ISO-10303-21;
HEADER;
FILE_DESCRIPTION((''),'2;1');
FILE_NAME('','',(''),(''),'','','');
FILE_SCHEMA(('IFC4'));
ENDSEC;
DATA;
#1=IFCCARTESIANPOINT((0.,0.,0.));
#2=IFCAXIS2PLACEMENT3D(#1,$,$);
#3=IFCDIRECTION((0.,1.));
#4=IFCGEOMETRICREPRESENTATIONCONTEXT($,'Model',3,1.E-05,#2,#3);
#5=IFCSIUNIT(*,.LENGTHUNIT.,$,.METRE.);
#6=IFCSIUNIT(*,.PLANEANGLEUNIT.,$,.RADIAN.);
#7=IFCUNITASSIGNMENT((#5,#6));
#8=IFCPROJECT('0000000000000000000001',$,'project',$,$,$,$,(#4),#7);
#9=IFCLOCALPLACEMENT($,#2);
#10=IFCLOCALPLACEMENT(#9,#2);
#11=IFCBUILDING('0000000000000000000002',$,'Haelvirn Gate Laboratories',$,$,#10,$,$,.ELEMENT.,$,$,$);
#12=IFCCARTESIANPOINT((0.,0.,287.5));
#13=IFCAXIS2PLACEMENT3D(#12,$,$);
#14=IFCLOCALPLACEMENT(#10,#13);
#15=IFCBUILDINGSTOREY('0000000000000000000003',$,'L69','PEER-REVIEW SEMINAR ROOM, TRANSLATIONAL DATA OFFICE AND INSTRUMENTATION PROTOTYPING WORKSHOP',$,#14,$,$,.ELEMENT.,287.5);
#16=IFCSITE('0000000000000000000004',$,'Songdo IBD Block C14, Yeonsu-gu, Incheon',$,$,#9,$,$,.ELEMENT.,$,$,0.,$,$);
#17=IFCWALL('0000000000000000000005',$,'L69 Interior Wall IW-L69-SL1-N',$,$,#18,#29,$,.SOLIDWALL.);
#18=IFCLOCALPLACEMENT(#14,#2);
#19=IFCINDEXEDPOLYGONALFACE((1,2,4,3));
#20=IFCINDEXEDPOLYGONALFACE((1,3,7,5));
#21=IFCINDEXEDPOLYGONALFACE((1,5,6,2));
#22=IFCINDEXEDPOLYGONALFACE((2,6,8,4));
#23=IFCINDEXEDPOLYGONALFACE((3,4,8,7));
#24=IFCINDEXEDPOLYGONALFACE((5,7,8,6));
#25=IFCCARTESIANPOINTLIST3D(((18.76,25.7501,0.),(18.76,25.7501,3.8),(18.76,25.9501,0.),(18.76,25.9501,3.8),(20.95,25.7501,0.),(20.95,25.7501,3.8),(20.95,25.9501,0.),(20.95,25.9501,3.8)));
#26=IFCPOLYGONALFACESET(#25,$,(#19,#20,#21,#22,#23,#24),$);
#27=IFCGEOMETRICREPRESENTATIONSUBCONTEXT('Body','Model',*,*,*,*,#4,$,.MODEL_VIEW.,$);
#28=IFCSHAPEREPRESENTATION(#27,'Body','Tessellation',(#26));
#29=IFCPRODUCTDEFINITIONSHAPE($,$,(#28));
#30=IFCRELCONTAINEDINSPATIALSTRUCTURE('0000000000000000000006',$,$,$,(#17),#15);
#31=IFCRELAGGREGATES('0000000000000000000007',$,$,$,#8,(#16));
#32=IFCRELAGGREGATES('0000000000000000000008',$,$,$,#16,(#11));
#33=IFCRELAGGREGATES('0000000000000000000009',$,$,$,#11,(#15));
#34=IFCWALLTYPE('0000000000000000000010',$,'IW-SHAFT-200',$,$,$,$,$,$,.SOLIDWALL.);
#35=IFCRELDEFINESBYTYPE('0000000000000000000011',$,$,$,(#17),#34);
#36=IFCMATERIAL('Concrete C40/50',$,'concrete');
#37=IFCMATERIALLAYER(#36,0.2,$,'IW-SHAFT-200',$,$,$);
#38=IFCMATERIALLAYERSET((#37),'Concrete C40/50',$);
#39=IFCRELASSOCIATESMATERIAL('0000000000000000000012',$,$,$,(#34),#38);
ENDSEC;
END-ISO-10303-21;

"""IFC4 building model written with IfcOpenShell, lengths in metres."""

from ifc_helpers import new_model, si_unit, direction, frame, frame_2d, origin, place, context, subcontext, project, spatial, rectangle, extrude, material, layer, layer_set, type_object, element, save


model = new_model("IFC4")

# Units and contexts
model_context = context("Model", 3, precision=1e-05, world=origin(), true_north=direction((0.0, 1.0)))
body_context = subcontext(model_context, "Body", "Model", "MODEL_VIEW")
ifc_project = project(units=[si_unit("LENGTHUNIT", "METRE"), si_unit("PLANEANGLEUNIT", "RADIAN")], contexts=[model_context])

# Site, building, storey
site_placement = place(None, origin())
site = spatial("IfcSite", under=ifc_project, at=site_placement, Name="Songdo IBD Block C14, Yeonsu-gu, Incheon", CompositionType="ELEMENT", RefElevation=0.0)
building_placement = place(site_placement, origin())
building = spatial("IfcBuilding", under=site, at=building_placement, Name="Haelvirn Gate Laboratories", CompositionType="ELEMENT")
storey_placement = place(building_placement, frame((0.0, 0.0, 287.5)))
storey = spatial("IfcBuildingStorey", under=building, at=storey_placement, Name="L69", Description="PEER-REVIEW SEMINAR ROOM, TRANSLATIONAL DATA OFFICE AND INSTRUMENTATION PROTOTYPING WORKSHOP", CompositionType="ELEMENT", Elevation=287.5)

# Wall
ifc_material_1 = material(Name="Concrete C40/50", Category="concrete")
ifc_layer_1 = layer(ifc_material_1, 0.2, Name="IW-SHAFT-200")
ifc_layer_set_1 = layer_set([ifc_layer_1], Name="Concrete C40/50")
wall_type_1 = type_object("IfcWallType", Name="IW-SHAFT-200", PredefinedType="SOLIDWALL", material=ifc_layer_set_1)
wall_1_placement = place(storey_placement, frame((18.76, 25.8501, 0.0), z_axis=(0.0, 0.0, 1.0), x_axis=(1.0, 0.0, 0.0)))
element("IfcWall", 1, at=wall_1_placement, inside=storey, type_object=wall_type_1, Name="L69 Interior Wall IW-L69-SL1-N", PredefinedType="SOLIDWALL", context=body_context, shape_type="SweptSolid", body=[
    extrude(rectangle(XDim=2.1899, YDim=0.2, at=frame_2d((1.095, 0.0))), origin(), (0.0, 0.0, 1.0), 3.8),
])

save(model, "model.ifc")
